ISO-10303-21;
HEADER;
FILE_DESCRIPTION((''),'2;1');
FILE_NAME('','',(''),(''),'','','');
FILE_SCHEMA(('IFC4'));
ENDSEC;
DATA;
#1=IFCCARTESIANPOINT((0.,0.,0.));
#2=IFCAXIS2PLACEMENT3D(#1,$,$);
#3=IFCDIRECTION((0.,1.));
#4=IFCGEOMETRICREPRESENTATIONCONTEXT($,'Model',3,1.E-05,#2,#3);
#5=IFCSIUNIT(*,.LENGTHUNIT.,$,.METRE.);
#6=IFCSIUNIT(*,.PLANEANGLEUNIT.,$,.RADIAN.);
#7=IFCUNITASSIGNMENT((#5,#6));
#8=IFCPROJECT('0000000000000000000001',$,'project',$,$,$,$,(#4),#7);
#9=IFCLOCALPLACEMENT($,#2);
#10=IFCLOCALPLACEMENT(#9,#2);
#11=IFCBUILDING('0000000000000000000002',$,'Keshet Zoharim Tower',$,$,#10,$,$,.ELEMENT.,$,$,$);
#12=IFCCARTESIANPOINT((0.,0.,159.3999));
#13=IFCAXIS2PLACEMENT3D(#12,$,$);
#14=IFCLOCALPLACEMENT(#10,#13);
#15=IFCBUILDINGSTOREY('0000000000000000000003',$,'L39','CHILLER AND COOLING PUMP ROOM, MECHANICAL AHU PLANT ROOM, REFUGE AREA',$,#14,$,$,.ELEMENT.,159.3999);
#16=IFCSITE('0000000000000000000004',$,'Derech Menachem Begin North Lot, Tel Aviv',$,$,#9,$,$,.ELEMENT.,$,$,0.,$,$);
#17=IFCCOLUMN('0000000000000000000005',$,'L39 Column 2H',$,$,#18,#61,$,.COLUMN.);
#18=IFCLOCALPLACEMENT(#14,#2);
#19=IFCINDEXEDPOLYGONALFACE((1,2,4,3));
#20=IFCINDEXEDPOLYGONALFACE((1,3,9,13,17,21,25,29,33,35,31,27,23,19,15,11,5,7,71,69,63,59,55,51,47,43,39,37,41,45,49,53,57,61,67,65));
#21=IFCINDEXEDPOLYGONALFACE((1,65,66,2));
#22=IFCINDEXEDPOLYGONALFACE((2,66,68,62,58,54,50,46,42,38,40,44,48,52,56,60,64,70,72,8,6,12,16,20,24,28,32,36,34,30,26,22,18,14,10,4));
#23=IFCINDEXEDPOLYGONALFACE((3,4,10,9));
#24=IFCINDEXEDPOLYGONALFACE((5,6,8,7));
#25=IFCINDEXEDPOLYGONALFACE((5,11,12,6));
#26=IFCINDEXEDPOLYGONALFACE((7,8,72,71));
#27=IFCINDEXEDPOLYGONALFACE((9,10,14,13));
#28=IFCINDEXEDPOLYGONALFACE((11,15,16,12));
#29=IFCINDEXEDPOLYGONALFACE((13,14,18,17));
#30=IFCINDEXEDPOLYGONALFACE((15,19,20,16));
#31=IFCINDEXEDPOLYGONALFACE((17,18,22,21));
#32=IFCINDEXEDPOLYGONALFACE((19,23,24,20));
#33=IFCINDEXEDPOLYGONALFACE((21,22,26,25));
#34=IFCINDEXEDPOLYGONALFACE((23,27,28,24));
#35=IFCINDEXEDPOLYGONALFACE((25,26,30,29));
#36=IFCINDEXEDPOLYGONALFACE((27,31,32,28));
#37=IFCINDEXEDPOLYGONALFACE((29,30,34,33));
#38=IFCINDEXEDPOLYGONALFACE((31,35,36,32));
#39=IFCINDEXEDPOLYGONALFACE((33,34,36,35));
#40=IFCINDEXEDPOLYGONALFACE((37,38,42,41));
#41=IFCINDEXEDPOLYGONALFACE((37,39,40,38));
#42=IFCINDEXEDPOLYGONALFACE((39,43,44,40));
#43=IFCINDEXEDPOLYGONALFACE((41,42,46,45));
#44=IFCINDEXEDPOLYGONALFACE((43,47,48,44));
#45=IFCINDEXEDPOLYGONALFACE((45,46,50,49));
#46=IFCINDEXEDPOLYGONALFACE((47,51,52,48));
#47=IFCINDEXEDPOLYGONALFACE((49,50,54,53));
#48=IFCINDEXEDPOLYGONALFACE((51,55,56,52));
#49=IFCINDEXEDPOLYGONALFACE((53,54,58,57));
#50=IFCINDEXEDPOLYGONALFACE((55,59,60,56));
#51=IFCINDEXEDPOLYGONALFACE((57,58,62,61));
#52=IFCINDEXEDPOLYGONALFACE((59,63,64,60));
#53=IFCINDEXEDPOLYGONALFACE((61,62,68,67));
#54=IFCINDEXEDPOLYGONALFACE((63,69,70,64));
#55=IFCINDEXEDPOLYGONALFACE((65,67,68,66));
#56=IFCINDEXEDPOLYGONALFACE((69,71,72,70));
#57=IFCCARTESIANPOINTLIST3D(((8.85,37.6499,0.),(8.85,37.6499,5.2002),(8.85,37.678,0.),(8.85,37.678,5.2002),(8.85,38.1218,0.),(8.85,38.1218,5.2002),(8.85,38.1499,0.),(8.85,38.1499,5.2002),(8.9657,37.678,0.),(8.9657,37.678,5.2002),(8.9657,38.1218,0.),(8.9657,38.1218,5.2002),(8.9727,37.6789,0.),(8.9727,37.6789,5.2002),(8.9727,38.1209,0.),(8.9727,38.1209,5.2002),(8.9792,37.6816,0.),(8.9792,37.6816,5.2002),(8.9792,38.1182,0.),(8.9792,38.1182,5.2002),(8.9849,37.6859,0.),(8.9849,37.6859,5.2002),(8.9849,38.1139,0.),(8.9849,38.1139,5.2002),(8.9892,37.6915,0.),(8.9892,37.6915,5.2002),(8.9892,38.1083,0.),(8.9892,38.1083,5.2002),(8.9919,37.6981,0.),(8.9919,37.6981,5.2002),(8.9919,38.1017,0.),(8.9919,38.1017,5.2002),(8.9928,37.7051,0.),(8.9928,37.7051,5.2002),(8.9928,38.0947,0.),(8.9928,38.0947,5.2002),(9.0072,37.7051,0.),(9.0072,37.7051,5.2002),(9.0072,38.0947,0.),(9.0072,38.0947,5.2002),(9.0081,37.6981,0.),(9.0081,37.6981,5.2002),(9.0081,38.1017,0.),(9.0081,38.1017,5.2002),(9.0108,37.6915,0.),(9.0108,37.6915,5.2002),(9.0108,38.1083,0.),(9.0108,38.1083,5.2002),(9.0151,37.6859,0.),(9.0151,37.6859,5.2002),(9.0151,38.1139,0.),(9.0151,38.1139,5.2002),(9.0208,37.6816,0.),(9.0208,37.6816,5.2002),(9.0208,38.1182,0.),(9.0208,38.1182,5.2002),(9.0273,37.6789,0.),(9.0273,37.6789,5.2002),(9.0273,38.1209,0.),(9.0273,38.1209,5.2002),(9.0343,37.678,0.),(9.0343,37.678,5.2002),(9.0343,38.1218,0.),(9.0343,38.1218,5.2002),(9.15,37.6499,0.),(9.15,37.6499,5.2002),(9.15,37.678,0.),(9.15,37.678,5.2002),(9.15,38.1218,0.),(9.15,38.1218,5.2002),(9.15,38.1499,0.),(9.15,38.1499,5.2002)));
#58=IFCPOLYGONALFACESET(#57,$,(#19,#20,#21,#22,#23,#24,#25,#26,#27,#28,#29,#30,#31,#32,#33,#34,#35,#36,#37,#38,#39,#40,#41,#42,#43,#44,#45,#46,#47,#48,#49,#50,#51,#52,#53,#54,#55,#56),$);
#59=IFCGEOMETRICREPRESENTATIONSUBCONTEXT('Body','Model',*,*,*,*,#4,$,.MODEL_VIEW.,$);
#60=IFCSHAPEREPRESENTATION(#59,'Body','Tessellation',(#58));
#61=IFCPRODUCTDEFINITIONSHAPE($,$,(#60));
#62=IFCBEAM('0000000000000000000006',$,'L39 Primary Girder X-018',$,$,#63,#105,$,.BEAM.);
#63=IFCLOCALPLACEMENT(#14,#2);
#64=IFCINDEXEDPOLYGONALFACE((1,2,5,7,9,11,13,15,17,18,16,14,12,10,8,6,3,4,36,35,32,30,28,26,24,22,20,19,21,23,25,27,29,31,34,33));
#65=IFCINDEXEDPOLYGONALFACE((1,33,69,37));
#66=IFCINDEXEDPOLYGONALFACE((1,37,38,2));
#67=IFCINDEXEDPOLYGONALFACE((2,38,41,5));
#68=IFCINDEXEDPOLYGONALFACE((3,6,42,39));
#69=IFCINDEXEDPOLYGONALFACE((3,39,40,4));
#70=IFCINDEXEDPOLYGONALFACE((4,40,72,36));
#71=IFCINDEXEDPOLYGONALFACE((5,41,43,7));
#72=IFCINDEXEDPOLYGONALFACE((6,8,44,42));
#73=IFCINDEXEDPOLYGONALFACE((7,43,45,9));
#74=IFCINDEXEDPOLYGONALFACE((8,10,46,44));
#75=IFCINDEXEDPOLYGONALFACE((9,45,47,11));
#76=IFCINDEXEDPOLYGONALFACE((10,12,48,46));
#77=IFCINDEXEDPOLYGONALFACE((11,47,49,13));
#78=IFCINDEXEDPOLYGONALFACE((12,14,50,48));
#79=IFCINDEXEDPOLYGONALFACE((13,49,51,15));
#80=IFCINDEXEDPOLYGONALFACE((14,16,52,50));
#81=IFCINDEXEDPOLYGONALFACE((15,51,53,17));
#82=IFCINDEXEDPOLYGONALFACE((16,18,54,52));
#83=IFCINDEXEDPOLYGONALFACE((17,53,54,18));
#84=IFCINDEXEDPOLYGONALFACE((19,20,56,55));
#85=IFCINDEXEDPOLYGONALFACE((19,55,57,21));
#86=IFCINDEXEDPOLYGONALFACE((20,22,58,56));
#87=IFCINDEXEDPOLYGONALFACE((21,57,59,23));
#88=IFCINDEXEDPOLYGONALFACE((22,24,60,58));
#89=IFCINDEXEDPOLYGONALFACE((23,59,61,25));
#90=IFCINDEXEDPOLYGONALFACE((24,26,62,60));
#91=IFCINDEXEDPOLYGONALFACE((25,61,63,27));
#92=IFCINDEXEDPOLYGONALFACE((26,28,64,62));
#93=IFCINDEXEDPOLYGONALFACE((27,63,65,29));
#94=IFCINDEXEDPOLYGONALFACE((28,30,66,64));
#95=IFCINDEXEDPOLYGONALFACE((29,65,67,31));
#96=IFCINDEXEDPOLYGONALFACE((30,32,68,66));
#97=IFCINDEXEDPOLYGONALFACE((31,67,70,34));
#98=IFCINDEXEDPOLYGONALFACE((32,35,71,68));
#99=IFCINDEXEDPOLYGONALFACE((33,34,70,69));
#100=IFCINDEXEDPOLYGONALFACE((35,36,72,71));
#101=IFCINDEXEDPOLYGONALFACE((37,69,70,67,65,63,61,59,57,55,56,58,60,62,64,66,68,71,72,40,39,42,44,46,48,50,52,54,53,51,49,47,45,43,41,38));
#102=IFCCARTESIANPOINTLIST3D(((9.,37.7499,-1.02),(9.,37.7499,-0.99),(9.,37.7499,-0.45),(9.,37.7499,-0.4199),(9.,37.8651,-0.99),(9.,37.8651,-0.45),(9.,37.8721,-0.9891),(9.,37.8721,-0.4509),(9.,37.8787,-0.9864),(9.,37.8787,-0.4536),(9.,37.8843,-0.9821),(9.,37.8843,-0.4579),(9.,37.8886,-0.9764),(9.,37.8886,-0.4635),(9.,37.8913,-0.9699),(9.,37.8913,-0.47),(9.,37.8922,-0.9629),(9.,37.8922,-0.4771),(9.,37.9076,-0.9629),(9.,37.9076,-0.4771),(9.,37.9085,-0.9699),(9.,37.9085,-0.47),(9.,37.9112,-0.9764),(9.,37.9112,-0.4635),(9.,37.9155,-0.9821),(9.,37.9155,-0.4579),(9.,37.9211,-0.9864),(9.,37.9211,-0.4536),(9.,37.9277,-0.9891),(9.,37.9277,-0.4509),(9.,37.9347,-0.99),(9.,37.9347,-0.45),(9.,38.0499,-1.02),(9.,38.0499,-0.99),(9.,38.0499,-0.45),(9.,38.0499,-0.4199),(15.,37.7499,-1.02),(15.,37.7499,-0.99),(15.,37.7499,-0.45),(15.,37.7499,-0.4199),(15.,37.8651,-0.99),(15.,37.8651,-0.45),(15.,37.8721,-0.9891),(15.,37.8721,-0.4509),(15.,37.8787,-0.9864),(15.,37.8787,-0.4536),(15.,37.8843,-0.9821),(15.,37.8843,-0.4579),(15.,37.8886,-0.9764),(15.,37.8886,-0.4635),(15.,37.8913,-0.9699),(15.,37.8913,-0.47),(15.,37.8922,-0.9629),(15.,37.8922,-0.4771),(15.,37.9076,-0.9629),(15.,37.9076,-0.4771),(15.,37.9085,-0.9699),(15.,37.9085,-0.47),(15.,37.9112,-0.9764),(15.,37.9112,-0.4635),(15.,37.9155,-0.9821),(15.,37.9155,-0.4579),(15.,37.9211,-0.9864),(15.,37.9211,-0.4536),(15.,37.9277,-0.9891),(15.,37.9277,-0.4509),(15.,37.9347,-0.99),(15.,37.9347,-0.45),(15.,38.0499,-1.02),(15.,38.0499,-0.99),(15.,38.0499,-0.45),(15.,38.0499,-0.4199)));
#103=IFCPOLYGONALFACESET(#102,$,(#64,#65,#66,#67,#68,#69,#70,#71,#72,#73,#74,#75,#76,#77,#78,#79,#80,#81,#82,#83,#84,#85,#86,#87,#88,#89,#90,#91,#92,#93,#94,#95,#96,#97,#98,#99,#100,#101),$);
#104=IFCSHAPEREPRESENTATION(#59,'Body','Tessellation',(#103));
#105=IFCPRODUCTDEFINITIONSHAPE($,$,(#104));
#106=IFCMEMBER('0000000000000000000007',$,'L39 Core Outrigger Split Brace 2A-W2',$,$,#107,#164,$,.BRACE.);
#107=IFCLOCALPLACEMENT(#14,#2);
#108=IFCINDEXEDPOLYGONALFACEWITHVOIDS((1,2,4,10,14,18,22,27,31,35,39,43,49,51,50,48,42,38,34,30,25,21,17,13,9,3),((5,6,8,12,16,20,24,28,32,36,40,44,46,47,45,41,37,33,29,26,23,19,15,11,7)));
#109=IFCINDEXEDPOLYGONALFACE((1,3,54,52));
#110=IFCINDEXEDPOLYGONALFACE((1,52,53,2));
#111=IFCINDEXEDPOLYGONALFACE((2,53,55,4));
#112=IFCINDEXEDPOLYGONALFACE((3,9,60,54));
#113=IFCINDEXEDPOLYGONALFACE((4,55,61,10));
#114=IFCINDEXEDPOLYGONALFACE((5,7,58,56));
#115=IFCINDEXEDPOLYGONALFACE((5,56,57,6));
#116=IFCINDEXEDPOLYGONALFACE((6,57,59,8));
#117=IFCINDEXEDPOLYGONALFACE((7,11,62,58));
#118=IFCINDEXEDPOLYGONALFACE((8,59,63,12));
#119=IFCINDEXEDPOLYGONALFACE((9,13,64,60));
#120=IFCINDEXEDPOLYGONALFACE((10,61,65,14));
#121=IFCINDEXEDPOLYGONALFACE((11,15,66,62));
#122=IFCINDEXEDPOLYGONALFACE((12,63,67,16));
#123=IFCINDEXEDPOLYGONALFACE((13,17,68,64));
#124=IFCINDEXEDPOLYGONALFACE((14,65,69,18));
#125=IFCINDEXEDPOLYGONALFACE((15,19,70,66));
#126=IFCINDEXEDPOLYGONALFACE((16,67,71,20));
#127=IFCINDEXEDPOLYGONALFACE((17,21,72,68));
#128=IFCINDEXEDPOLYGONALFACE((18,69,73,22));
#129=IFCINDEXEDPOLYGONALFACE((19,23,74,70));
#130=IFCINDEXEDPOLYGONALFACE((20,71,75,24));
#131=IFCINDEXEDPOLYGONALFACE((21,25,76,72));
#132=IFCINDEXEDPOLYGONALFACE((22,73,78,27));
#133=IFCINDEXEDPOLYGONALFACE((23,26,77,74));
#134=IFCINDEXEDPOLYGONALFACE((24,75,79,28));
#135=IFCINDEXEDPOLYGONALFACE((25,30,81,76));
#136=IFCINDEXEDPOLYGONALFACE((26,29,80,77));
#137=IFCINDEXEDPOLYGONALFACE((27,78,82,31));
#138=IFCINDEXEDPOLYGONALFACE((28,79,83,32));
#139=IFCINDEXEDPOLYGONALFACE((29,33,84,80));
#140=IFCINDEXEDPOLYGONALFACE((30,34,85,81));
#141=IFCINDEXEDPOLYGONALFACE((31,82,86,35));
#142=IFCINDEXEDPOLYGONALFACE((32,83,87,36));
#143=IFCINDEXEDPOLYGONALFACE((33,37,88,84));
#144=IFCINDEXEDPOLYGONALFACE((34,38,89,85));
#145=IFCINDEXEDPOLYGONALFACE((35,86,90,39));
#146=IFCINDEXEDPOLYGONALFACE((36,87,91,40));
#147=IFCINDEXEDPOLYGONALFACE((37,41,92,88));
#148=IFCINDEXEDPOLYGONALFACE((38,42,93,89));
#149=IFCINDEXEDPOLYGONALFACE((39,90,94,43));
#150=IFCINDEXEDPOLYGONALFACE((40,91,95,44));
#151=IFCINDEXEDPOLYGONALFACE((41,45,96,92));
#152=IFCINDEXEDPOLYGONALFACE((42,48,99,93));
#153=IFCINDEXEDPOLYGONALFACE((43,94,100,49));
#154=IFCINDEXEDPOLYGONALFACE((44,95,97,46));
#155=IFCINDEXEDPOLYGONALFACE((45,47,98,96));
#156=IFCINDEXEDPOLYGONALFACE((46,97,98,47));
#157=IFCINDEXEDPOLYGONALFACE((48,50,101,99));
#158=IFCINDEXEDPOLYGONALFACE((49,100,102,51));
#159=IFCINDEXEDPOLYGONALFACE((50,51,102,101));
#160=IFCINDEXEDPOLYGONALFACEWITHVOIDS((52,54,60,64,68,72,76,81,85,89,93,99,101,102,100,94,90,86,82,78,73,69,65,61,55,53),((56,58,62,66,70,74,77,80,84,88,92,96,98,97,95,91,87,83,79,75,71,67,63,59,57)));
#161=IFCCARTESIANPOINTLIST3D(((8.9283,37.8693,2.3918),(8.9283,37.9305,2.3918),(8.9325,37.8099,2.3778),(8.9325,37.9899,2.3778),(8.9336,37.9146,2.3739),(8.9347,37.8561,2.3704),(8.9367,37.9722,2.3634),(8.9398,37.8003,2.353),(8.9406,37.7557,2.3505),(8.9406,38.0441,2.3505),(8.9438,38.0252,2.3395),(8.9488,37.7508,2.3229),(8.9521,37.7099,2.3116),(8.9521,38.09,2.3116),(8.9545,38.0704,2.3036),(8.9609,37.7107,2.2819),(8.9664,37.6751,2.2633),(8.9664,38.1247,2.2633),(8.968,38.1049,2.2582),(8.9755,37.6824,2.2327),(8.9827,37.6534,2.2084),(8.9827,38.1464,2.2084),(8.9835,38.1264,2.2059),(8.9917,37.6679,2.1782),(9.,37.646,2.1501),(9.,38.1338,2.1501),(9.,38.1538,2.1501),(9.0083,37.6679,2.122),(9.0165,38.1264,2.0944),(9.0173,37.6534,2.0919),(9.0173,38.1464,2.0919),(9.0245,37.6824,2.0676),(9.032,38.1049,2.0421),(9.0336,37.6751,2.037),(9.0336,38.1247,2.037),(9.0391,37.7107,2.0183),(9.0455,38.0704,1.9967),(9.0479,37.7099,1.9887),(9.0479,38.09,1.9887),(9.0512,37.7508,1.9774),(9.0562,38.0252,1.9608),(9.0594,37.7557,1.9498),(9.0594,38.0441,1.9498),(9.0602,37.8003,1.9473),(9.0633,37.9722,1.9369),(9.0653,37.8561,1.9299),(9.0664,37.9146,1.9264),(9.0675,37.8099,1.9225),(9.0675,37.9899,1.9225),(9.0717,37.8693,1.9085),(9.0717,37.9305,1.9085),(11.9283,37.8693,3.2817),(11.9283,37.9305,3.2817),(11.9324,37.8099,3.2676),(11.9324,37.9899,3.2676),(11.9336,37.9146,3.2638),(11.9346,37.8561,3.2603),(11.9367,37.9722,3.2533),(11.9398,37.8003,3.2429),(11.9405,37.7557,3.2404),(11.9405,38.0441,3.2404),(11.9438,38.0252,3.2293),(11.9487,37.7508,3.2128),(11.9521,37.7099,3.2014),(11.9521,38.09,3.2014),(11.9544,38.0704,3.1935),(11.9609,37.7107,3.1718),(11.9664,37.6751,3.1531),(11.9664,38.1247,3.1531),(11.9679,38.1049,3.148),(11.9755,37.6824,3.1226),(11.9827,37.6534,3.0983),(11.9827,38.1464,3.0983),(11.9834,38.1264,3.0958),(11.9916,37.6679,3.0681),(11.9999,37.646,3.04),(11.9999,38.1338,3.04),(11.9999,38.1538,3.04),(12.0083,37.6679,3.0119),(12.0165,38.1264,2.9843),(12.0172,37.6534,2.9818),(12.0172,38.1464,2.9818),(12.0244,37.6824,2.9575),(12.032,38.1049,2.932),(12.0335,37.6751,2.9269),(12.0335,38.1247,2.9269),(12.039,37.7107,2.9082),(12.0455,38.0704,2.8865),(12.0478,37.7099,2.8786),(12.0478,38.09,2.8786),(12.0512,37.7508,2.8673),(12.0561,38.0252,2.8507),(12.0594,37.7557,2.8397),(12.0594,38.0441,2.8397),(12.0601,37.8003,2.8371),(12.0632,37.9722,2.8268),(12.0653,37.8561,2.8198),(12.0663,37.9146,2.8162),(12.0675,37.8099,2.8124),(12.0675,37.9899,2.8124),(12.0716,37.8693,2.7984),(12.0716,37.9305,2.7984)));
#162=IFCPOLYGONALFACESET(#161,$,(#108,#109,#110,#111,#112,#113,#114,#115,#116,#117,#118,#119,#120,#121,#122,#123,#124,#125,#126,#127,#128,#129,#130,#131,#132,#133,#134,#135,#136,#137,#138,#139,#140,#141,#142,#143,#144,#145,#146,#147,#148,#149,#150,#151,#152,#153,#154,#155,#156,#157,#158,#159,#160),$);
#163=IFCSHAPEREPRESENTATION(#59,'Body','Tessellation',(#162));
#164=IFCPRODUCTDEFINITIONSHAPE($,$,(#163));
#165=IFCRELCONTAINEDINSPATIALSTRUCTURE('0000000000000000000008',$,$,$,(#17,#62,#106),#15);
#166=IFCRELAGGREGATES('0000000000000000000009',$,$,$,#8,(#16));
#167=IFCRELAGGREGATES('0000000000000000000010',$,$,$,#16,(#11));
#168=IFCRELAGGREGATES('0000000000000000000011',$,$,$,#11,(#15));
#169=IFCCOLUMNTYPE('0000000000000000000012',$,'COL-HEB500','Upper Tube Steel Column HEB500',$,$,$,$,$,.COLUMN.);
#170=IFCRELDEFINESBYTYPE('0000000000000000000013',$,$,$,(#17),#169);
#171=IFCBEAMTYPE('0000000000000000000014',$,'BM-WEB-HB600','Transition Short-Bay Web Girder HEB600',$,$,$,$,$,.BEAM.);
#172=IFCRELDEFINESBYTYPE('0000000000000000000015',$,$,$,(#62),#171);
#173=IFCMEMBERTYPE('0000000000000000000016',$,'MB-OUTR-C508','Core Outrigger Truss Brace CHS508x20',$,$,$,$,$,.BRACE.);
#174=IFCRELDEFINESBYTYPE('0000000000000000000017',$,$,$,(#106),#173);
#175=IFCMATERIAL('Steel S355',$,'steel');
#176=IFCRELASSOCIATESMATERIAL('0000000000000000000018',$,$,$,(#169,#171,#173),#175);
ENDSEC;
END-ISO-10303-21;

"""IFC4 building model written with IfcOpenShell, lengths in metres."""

from ifc_helpers import new_model, si_unit, direction, frame, origin, origin_2d, place, context, subcontext, project, spatial, hollow_circle, i_section, extrude, material, material_profile, profile_set, type_object, element, save


model = new_model("IFC4")

# Units and contexts
model_context = context("Model", 3, precision=1e-05, world=origin(), true_north=direction((0.0, 1.0)))
body_context = subcontext(model_context, "Body", "Model", "MODEL_VIEW")
ifc_project = project(units=[si_unit("LENGTHUNIT", "METRE"), si_unit("PLANEANGLEUNIT", "RADIAN")], contexts=[model_context])

# Site, building, storey
site_placement = place(None, origin())
site = spatial("IfcSite", under=ifc_project, at=site_placement, Name="Derech Menachem Begin North Lot, Tel Aviv", CompositionType="ELEMENT", RefElevation=0.0)
building_placement = place(site_placement, origin())
building = spatial("IfcBuilding", under=site, at=building_placement, Name="Keshet Zoharim Tower", CompositionType="ELEMENT")
storey_placement = place(building_placement, frame((0.0, 0.0, 159.3999)))
storey = spatial("IfcBuildingStorey", under=building, at=storey_placement, Name="L39", Description="CHILLER AND COOLING PUMP ROOM, MECHANICAL AHU PLANT ROOM, REFUGE AREA", CompositionType="ELEMENT", Elevation=159.3999)

# Column
ifc_material_1 = material(Name="Steel S355", Category="steel")
ifc_material_profile_1 = material_profile(ifc_material_1, i_section(OverallWidth=0.3, OverallDepth=0.5, WebThickness=0.0144, FlangeThickness=0.0281, FilletRadius=0.0271, at=origin_2d()), Name="HEB500")
ifc_profile_set_1 = profile_set([ifc_material_profile_1], Name="Steel S355")
column_type = type_object("IfcColumnType", Name="COL-HEB500", Description="Upper Tube Steel Column HEB500", PredefinedType="COLUMN", material=ifc_profile_set_1)
column_placement = place(storey_placement, frame((9.0, 37.8999, 0.0), z_axis=(0.0, 0.0, 1.0), x_axis=(1.0, 0.0, 0.0)))
element("IfcColumn", 1, at=column_placement, inside=storey, type_object=column_type, Name="L39 Column 2H", PredefinedType="COLUMN", context=body_context, shape_type="SweptSolid", body=[
    extrude(i_section(OverallWidth=0.3, OverallDepth=0.5, WebThickness=0.0144, FlangeThickness=0.0281, FilletRadius=0.0271, at=origin_2d()), origin(), (0.0, 0.0, 1.0), 5.2002),
])

# Beam
ifc_material_profile_2 = material_profile(ifc_material_1, i_section(OverallWidth=0.3, OverallDepth=0.6001, WebThickness=0.0154, FlangeThickness=0.03, FilletRadius=0.0271, at=origin_2d()), Name="HEB600")
ifc_profile_set_2 = profile_set([ifc_material_profile_2], Name="Steel S355")
beam_type = type_object("IfcBeamType", Name="BM-WEB-HB600", Description="Transition Short-Bay Web Girder HEB600", PredefinedType="BEAM", material=ifc_profile_set_2)
beam_placement = place(storey_placement, frame((9.0, 37.8999, -0.72), z_axis=(1.0, 0.0, 0.0), x_axis=(0.0, 1.0, 0.0)))
element("IfcBeam", 2, at=beam_placement, inside=storey, type_object=beam_type, Name="L39 Primary Girder X-018", PredefinedType="BEAM", context=body_context, shape_type="SweptSolid", body=[
    extrude(i_section(OverallWidth=0.3, OverallDepth=0.6001, WebThickness=0.0154, FlangeThickness=0.03, FilletRadius=0.0271, at=origin_2d()), origin(), (0.0, 0.0, 1.0), 6.0),
])

# Member
ifc_material_profile_3 = material_profile(ifc_material_1, hollow_circle(Radius=0.2539, WallThickness=0.02, at=origin_2d()), Name="CHS508x20")
ifc_profile_set_3 = profile_set([ifc_material_profile_3], Name="Steel S355")
member_type = type_object("IfcMemberType", Name="MB-OUTR-C508", Description="Core Outrigger Truss Brace CHS508x20", PredefinedType="BRACE", material=ifc_profile_set_3)
for number, where, z_axis, x_axis, name in (
    (3, (9.0, 37.8999, 2.1501), (0.958711, 0.0, 0.284383), (0.0, 1.0, 0.0), "L39 Core Outrigger Split Brace 2A-W2"),
):
    element("IfcMember", number, at=place(storey_placement, frame(where, z_axis=z_axis, x_axis=x_axis)), inside=storey, type_object=member_type, Name=name, PredefinedType="BRACE", context=body_context, shape_type="SweptSolid", body=[
        extrude(hollow_circle(Radius=0.2539, WallThickness=0.02, at=origin_2d()), origin(), (0.0, 0.0, 1.0), 3.1292),
    ])

save(model, "model.ifc")
